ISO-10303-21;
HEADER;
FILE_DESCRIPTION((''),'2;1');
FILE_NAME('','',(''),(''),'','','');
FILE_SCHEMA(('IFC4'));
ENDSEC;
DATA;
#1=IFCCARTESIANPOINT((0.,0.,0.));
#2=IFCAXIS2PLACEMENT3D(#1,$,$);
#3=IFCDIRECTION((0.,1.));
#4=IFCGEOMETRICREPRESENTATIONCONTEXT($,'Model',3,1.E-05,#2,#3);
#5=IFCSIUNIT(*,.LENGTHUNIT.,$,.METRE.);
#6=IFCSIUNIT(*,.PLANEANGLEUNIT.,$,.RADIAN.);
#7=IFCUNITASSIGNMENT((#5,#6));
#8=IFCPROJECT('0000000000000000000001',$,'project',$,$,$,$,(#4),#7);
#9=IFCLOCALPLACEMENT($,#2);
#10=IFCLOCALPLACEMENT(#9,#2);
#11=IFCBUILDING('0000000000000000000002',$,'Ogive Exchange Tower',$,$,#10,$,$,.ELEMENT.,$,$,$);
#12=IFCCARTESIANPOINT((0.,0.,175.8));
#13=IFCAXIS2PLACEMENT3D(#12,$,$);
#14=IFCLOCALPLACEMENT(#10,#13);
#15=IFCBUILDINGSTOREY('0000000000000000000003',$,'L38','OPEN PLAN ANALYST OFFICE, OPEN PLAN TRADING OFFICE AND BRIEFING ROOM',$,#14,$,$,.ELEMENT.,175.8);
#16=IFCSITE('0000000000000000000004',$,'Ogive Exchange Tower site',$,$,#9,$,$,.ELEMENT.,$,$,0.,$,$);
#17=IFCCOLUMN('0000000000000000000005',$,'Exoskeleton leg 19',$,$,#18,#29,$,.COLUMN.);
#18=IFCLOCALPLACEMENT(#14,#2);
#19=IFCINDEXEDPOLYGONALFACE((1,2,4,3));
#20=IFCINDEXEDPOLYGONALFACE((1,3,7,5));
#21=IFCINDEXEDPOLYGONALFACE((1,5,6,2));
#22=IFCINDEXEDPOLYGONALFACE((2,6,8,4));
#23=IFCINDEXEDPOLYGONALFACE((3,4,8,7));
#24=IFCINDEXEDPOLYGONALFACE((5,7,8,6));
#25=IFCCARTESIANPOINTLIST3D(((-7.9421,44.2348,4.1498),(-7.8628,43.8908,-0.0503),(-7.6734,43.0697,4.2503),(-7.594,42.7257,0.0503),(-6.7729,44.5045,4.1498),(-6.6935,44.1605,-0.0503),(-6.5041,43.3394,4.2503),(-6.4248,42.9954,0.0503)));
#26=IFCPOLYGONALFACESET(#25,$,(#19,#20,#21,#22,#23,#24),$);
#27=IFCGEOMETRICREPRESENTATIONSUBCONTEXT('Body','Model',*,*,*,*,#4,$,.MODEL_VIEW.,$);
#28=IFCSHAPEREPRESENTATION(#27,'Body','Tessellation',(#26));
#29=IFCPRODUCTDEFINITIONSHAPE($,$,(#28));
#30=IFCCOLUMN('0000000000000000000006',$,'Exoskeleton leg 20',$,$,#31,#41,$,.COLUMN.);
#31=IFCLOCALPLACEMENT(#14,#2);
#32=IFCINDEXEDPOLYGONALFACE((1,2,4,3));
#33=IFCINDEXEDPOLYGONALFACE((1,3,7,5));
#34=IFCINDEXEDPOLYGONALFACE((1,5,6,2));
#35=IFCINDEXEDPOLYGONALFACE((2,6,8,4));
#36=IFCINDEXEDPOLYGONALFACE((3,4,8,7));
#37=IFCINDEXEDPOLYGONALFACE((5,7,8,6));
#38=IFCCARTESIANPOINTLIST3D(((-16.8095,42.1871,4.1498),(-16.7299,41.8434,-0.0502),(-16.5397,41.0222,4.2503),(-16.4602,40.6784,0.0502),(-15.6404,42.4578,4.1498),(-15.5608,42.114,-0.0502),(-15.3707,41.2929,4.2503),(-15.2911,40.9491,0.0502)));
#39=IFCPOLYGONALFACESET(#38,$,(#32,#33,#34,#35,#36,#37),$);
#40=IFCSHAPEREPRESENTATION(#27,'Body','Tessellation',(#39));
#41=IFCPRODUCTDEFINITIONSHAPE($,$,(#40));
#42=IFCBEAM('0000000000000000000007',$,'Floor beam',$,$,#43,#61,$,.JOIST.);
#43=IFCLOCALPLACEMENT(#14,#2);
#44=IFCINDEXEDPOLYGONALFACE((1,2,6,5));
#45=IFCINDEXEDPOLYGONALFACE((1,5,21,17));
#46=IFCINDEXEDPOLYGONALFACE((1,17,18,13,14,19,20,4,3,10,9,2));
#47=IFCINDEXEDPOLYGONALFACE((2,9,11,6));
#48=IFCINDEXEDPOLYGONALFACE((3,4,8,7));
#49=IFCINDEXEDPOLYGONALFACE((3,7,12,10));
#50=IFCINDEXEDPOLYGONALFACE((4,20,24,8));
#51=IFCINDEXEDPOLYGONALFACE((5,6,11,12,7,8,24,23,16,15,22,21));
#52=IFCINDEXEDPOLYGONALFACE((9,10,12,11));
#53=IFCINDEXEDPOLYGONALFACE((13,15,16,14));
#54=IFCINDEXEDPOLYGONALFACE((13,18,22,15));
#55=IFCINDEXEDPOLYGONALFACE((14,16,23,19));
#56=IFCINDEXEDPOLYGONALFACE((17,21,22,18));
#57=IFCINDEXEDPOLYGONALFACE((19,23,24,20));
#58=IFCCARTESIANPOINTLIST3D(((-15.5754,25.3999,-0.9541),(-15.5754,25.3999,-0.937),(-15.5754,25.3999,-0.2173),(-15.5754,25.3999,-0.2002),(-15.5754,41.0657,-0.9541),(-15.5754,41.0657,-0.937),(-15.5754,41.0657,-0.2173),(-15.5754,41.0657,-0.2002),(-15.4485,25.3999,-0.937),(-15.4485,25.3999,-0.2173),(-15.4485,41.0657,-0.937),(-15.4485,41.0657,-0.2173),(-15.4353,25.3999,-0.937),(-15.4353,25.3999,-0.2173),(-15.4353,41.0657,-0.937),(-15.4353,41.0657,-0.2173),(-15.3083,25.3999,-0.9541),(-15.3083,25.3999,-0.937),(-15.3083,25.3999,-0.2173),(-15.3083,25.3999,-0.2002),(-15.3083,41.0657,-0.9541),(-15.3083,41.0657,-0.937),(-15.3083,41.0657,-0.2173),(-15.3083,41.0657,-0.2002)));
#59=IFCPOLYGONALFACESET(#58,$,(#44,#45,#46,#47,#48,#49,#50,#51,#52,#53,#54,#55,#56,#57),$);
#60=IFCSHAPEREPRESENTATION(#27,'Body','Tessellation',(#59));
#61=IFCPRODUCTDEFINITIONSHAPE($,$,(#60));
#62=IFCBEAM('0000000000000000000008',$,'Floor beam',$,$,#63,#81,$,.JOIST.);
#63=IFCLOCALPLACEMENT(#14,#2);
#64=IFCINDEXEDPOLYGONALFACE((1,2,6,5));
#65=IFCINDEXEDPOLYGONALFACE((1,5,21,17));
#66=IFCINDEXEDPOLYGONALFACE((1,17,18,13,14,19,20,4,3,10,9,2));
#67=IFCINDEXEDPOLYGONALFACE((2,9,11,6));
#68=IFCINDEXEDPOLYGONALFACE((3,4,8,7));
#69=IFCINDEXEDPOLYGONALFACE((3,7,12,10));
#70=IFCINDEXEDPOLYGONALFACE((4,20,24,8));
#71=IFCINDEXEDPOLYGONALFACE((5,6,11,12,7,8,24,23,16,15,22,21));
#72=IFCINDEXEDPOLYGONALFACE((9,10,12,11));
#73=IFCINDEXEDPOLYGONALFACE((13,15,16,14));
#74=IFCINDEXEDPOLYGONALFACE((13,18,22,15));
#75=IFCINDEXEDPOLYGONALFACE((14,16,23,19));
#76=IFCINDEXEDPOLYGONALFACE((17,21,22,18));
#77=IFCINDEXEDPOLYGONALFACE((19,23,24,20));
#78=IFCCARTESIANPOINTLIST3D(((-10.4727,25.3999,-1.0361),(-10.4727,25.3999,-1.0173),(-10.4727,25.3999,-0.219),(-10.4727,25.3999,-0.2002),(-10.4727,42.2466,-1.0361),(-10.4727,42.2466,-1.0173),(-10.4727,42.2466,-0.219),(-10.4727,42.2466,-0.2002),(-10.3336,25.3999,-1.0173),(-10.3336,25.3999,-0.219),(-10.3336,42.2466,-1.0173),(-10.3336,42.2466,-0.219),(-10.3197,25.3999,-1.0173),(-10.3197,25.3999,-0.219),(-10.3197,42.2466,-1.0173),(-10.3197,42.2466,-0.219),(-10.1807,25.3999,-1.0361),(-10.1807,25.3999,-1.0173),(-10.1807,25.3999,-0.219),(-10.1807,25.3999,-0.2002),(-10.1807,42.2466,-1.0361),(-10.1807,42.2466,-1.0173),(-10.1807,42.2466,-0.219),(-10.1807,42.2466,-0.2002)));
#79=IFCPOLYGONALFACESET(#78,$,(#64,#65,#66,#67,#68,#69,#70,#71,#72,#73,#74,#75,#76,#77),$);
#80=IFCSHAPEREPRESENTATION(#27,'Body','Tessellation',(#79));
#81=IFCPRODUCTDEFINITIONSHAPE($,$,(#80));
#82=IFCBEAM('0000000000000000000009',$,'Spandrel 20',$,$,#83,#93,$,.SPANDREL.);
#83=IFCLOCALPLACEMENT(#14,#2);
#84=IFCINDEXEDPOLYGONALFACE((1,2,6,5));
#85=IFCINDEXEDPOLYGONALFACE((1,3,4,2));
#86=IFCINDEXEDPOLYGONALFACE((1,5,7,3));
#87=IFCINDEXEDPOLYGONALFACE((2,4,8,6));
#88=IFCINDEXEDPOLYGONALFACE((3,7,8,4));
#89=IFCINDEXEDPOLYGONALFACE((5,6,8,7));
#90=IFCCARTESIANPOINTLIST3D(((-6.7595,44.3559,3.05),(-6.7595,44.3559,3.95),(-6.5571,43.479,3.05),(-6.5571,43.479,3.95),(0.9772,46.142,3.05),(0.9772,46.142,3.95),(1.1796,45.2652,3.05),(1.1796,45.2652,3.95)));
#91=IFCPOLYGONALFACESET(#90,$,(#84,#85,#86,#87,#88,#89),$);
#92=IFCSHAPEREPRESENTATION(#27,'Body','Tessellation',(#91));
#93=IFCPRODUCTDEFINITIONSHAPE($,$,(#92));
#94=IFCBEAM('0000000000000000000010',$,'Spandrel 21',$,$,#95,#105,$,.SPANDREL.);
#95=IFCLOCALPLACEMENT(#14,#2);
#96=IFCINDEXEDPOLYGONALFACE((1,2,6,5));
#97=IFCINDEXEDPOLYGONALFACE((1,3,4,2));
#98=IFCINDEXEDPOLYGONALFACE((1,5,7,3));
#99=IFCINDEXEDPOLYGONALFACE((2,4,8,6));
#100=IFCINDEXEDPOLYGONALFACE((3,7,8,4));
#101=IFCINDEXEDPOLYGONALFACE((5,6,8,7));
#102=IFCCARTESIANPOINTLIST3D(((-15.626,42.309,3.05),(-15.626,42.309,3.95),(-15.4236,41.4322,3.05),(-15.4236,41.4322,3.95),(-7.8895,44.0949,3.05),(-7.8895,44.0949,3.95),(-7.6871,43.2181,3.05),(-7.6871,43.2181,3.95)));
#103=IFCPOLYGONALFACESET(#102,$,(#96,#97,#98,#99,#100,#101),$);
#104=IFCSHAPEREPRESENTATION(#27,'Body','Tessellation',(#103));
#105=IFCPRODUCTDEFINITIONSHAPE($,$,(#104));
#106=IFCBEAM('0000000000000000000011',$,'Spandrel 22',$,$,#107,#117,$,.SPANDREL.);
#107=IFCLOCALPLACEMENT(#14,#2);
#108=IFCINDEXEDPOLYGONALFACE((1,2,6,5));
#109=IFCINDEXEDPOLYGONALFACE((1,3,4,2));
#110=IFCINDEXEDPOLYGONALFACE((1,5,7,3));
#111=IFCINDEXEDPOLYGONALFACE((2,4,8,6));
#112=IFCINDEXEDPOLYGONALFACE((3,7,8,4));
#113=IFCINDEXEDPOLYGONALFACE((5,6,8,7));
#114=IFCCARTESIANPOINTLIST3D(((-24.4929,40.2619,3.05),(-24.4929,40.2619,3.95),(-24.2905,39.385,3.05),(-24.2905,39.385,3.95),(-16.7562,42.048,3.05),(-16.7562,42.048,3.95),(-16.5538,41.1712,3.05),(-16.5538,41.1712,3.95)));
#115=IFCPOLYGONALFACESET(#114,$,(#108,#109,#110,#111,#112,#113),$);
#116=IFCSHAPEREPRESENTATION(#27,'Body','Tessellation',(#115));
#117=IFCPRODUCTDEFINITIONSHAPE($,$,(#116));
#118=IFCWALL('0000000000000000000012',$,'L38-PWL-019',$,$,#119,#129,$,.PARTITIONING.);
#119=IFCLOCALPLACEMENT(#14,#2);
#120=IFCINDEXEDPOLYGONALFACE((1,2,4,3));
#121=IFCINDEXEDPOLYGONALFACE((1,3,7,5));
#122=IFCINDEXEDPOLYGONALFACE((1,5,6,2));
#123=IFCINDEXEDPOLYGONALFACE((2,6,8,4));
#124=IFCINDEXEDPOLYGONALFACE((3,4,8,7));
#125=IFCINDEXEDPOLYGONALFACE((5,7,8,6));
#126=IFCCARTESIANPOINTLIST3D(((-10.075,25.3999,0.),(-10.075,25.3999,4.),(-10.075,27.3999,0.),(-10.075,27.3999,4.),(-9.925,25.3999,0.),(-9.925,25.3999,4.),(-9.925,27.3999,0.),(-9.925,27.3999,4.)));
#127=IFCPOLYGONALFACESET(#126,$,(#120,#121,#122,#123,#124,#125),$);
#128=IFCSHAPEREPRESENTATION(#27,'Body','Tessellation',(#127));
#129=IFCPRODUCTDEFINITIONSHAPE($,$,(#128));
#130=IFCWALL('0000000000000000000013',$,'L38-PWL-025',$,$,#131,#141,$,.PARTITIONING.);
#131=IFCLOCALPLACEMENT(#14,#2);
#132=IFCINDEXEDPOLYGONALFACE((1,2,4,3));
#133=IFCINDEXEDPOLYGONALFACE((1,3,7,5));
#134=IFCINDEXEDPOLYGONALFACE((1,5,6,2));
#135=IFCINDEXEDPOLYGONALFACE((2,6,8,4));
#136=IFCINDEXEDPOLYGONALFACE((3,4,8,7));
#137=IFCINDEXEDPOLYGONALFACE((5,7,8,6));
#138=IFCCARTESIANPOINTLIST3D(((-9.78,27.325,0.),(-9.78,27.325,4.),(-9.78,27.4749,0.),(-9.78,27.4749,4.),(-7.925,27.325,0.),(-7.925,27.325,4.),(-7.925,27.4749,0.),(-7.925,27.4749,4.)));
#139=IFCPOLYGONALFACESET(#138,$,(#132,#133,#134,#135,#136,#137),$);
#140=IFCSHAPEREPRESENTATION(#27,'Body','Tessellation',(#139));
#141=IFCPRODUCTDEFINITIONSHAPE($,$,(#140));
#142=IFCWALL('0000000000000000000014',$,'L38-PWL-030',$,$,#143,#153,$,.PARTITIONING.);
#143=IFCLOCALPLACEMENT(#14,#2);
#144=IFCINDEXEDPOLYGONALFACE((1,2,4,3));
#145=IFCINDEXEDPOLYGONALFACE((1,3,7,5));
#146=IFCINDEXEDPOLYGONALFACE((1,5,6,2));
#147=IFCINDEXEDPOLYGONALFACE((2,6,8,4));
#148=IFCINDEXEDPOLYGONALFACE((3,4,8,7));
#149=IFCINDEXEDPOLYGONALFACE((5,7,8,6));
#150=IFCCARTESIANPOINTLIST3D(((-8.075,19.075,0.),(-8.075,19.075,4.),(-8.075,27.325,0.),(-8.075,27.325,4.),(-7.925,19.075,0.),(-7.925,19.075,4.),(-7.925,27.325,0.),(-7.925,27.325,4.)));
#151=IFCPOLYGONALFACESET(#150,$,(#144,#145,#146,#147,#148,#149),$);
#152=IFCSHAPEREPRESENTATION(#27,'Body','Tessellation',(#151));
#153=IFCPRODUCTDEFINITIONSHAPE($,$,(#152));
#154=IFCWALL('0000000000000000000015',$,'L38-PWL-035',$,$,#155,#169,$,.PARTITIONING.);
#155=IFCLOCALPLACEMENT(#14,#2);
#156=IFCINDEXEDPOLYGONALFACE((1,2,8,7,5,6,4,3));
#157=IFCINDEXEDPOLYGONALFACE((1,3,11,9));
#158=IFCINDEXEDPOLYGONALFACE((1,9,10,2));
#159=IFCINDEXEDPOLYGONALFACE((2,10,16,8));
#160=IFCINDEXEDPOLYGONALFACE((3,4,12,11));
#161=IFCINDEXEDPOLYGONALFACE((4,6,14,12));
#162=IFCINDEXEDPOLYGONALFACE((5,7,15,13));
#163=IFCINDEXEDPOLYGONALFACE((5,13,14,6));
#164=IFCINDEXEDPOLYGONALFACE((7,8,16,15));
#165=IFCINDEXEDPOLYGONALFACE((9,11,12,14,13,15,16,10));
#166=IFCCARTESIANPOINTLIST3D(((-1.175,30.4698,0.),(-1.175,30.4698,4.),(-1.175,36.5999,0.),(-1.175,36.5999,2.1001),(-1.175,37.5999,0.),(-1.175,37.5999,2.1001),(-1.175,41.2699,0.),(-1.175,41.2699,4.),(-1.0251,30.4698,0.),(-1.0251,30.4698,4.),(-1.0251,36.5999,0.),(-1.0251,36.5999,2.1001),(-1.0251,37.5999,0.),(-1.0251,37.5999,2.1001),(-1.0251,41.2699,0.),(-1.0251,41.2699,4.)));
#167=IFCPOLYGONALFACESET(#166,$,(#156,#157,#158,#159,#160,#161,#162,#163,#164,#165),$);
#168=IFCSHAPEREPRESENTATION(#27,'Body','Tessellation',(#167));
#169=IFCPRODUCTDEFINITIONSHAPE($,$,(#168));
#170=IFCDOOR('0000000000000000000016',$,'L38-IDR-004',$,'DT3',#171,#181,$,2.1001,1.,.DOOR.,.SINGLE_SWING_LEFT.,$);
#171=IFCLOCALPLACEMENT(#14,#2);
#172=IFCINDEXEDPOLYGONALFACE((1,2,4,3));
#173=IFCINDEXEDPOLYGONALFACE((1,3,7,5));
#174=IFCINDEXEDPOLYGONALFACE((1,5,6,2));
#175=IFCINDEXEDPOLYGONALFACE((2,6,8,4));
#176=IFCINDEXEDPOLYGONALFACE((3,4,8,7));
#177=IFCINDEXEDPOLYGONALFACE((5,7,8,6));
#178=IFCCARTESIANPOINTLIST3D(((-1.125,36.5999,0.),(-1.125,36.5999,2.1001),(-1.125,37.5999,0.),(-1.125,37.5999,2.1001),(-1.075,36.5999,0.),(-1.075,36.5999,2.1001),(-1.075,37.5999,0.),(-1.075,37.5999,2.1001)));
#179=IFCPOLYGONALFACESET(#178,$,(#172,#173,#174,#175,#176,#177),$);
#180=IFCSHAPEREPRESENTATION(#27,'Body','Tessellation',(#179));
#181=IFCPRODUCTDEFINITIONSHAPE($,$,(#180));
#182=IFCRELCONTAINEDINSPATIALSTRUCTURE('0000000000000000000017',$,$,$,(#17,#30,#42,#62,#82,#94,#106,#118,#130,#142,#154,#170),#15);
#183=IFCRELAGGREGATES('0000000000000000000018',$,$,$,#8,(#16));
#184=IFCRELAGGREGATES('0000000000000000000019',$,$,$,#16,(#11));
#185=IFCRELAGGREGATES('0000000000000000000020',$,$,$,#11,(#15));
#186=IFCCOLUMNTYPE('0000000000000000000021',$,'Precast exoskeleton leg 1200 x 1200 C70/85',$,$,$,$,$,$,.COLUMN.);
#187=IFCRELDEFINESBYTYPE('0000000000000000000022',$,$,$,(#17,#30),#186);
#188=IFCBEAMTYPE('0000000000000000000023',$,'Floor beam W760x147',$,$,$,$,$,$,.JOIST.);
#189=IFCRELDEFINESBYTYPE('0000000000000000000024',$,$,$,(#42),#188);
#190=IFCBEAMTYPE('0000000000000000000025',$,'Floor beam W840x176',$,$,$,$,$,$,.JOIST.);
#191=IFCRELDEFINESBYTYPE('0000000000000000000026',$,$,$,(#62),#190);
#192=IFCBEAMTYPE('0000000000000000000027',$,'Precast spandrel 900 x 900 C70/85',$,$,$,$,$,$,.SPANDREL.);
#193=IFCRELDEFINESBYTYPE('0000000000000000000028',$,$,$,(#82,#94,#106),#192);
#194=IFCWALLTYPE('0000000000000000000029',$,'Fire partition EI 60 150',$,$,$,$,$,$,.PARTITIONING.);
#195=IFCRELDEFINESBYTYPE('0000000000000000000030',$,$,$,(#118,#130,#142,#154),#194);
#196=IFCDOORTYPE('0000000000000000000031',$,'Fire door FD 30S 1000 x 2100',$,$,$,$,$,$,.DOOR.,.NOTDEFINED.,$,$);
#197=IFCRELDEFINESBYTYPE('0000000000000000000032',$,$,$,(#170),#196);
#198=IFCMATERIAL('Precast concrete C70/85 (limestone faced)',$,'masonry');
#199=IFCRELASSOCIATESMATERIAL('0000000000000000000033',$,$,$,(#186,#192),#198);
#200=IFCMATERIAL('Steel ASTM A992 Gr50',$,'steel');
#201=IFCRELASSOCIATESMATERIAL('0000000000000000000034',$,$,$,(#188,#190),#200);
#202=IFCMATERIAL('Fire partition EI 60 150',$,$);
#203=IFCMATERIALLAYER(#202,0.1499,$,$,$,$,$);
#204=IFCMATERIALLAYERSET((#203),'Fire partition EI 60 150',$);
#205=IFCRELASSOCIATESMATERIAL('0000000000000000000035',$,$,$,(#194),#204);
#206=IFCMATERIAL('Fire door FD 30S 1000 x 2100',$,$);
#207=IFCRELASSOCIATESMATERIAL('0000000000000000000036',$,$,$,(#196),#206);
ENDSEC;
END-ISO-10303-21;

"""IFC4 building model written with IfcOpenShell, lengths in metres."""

from ifc_helpers import new_model, si_unit, direction, frame, frame_2d, origin, origin_2d, place, context, subcontext, project, spatial, rectangle, i_section, extrude, material, layer, layer_set, material_profile, profile_set, type_object, element, fill, save


model = new_model("IFC4")

# Units and contexts
model_context = context("Model", 3, precision=1e-05, world=origin(), true_north=direction((0.0, 1.0)))
body_context = subcontext(model_context, "Body", "Model", "MODEL_VIEW")
ifc_project = project(units=[si_unit("LENGTHUNIT", "METRE"), si_unit("PLANEANGLEUNIT", "RADIAN")], contexts=[model_context])

# Site, building, storey
site_placement = place(None, origin())
site = spatial("IfcSite", under=ifc_project, at=site_placement, Name="Ogive Exchange Tower site", CompositionType="ELEMENT", RefElevation=0.0)
building_placement = place(site_placement, origin())
building = spatial("IfcBuilding", under=site, at=building_placement, Name="Ogive Exchange Tower", CompositionType="ELEMENT")
storey_placement = place(building_placement, frame((0.0, 0.0, 175.8)))
storey = spatial("IfcBuildingStorey", under=building, at=storey_placement, Name="L38", Description="OPEN PLAN ANALYST OFFICE, OPEN PLAN TRADING OFFICE AND BRIEFING ROOM", CompositionType="ELEMENT", Elevation=175.8)

# Columns
ifc_material_1 = material(Name="Precast concrete C70/85 (limestone faced)", Category="masonry")
ifc_material_profile_1 = material_profile(ifc_material_1, rectangle(XDim=1.2, YDim=1.2, at=origin_2d()), Name="1200 x 1200")
ifc_profile_set_1 = profile_set([ifc_material_profile_1], Name="Precast concrete C70/85 (limestone faced)")
column_type = type_object("IfcColumnType", Name="Precast exoskeleton leg 1200 x 1200 C70/85", PredefinedType="COLUMN", material=ifc_profile_set_1)
for number, where, z_axis, x_axis, name in (
    (1, (-7.1438, 43.4431, 0.0), (-0.018826, 0.081617, 0.996486), (-0.974415, -0.224758, 0.0), "Exoskeleton leg 19"),
    (2, (-16.0105, 41.3962, 0.0), (-0.018884, 0.081559, 0.99649), (-0.974228, -0.225567, 0.0), "Exoskeleton leg 20"),
):
    element("IfcColumn", number, at=place(storey_placement, frame(where, z_axis=z_axis, x_axis=x_axis)), inside=storey, type_object=column_type, Name=name, PredefinedType="COLUMN", context=body_context, shape_type="SweptSolid", body=[
        extrude(rectangle(XDim=1.2, YDim=1.2, at=origin_2d()), origin(), (0.0, 0.0, 1.0), 4.2148),
    ])

# Beams
ifc_material_2 = material(Name="Steel ASTM A992 Gr50", Category="steel")
ifc_material_profile_2 = material_profile(ifc_material_2, i_section(OverallWidth=0.2671, OverallDepth=0.7539, WebThickness=0.0132, FlangeThickness=0.0171, at=origin_2d()), Name="W760x147")
ifc_profile_set_2 = profile_set([ifc_material_profile_2], Name="Steel ASTM A992 Gr50")
beam_type_1 = type_object("IfcBeamType", Name="Floor beam W760x147", PredefinedType="JOIST", material=ifc_profile_set_2)
beam_1_placement = place(storey_placement, frame((-15.4419, 25.3999, -0.5771), z_axis=(0.0, 1.0, 0.0), x_axis=(-1.0, 0.0, 0.0)))
element("IfcBeam", 3, at=beam_1_placement, inside=storey, type_object=beam_type_1, Name="Floor beam", PredefinedType="JOIST", context=body_context, shape_type="SweptSolid", body=[
    extrude(i_section(OverallWidth=0.2671, OverallDepth=0.7539, WebThickness=0.0132, FlangeThickness=0.0171, at=origin_2d()), origin(), (0.0, 0.0, 1.0), 15.6658),
])
ifc_material_profile_3 = material_profile(ifc_material_2, i_section(OverallWidth=0.292, OverallDepth=0.8359, WebThickness=0.0139, FlangeThickness=0.0188, at=origin_2d()), Name="W840x176")
ifc_profile_set_3 = profile_set([ifc_material_profile_3], Name="Steel ASTM A992 Gr50")
beam_type_2 = type_object("IfcBeamType", Name="Floor beam W840x176", PredefinedType="JOIST", material=ifc_profile_set_3)
beam_2_placement = place(storey_placement, frame((-10.3267, 25.3999, -0.6182), z_axis=(0.0, 1.0, 0.0), x_axis=(-1.0, 0.0, 0.0)))
element("IfcBeam", 4, at=beam_2_placement, inside=storey, type_object=beam_type_2, Name="Floor beam", PredefinedType="JOIST", context=body_context, shape_type="SweptSolid", body=[
    extrude(i_section(OverallWidth=0.292, OverallDepth=0.8359, WebThickness=0.0139, FlangeThickness=0.0188, at=origin_2d()), origin(), (0.0, 0.0, 1.0), 16.8467),
])
ifc_material_profile_4 = material_profile(ifc_material_1, rectangle(XDim=0.8999, YDim=0.8999, at=origin_2d()), Name="900 x 900")
ifc_profile_set_4 = profile_set([ifc_material_profile_4], Name="Precast concrete C70/85 (limestone faced)")
beam_type_3 = type_object("IfcBeamType", Name="Precast spandrel 900 x 900 C70/85", PredefinedType="SPANDREL", material=ifc_profile_set_4)
beam_3_placement = place(storey_placement, frame((1.0784, 45.7036, 3.5), z_axis=(-0.97437, -0.224952, 0.0), x_axis=(0.224952, -0.97437, 0.0)))
element("IfcBeam", 5, at=beam_3_placement, inside=storey, type_object=beam_type_3, Name="Spandrel 20", PredefinedType="SPANDREL", context=body_context, shape_type="SweptSolid", body=[
    extrude(rectangle(XDim=0.8999, YDim=0.8999, at=origin_2d()), origin(), (0.0, 0.0, 1.0), 7.9402),
])
beam_4_placement = place(storey_placement, frame((-7.7883, 43.6565, 3.5), z_axis=(-0.974377, -0.224922, 0.0), x_axis=(0.224922, -0.974377, 0.0)))
element("IfcBeam", 6, at=beam_4_placement, inside=storey, type_object=beam_type_3, Name="Spandrel 21", PredefinedType="SPANDREL", context=body_context, shape_type="SweptSolid", body=[
    extrude(rectangle(XDim=0.8999, YDim=0.8999, at=origin_2d()), origin(), (0.0, 0.0, 1.0), 7.9399),
])
beam_5_placement = place(storey_placement, frame((-16.655, 41.6096, 3.5), z_axis=(-0.97437, -0.224952, 0.0), x_axis=(0.224952, -0.97437, 0.0)))
element("IfcBeam", 7, at=beam_5_placement, inside=storey, type_object=beam_type_3, Name="Spandrel 22", PredefinedType="SPANDREL", context=body_context, shape_type="SweptSolid", body=[
    extrude(rectangle(XDim=0.8999, YDim=0.8999, at=origin_2d()), origin(), (0.0, 0.0, 1.0), 7.9402),
])

# Walls
ifc_material_3 = material(Name="Fire partition EI 60 150")
ifc_layer_1 = layer(ifc_material_3, 0.1499)
ifc_layer_set_1 = layer_set([ifc_layer_1], Name="Fire partition EI 60 150")
wall_type_1 = type_object("IfcWallType", Name="Fire partition EI 60 150", PredefinedType="PARTITIONING", material=ifc_layer_set_1)
wall_1_placement = place(storey_placement, frame((-10.0, 25.3999, 0.0), z_axis=(0.0, 0.0, 1.0), x_axis=(0.0, 1.0, 0.0)))
element("IfcWall", 8, at=wall_1_placement, inside=storey, type_object=wall_type_1, Name="L38-PWL-019", PredefinedType="PARTITIONING", context=body_context, shape_type="SweptSolid", body=[
    extrude(rectangle(XDim=2.0, YDim=0.1499, at=frame_2d((1.0, 0.0))), origin(), (0.0, 0.0, 1.0), 4.0),
])
wall_2_placement = place(storey_placement, frame((-9.78, 27.3999, 0.0), z_axis=(0.0, 0.0, 1.0), x_axis=(1.0, 0.0, 0.0)))
element("IfcWall", 9, at=wall_2_placement, inside=storey, type_object=wall_type_1, Name="L38-PWL-025", PredefinedType="PARTITIONING", context=body_context, shape_type="SweptSolid", body=[
    extrude(rectangle(XDim=1.855, YDim=0.1499, at=frame_2d((0.9275, 0.0))), origin(), (0.0, 0.0, 1.0), 4.0),
])
wall_3_placement = place(storey_placement, frame((-8.0, 27.325, 0.0), z_axis=(0.0, 0.0, 1.0), x_axis=(0.0, -1.0, 0.0)))
element("IfcWall", 10, at=wall_3_placement, inside=storey, type_object=wall_type_1, Name="L38-PWL-030", PredefinedType="PARTITIONING", context=body_context, shape_type="SweptSolid", body=[
    extrude(rectangle(XDim=8.25, YDim=0.1499, at=frame_2d((4.125, 0.0))), origin(), (0.0, 0.0, 1.0), 4.0),
])

# Wall, opening, door
wall_4_placement = place(storey_placement, frame((-1.1001, 30.47, 0.0), z_axis=(0.0, 0.0, 1.0), x_axis=(0.0, 1.0, 0.0)))
wall_4 = element("IfcWall", 11, at=wall_4_placement, inside=storey, type_object=wall_type_1, Name="L38-PWL-035", PredefinedType="PARTITIONING", context=body_context, shape_type="SweptSolid", body=[
    extrude(rectangle(XDim=10.8, YDim=0.1499, at=frame_2d((5.3999, 0.0))), origin(), (0.0, 0.0, 1.0), 4.0),
])
opening_1_placement = place(wall_4_placement, frame((6.1299, 0.0, 0.0)))
opening_1 = element("IfcOpeningElement", 12, at=opening_1_placement, cuts=wall_4, PredefinedType="OPENING", context=body_context, shape_type="SweptSolid", body=[
    extrude(rectangle(XDim=1.0, YDim=2.1001, at=frame_2d((0.5, 1.05))), frame((0.0, 0.085, 0.0), z_axis=(0.0, -1.0, 0.0), x_axis=(1.0, 0.0, 0.0)), (0.0, 0.0, 1.0), 0.1699),
])
ifc_material_4 = material(Name="Fire door FD 30S 1000 x 2100")
door_type_1 = type_object("IfcDoorType", Name="Fire door FD 30S 1000 x 2100", OperationType="NOTDEFINED", PredefinedType="DOOR", material=ifc_material_4)
door_1_placement = place(opening_1_placement, origin())
door_1 = element("IfcDoor", 13, at=door_1_placement, inside=storey, type_object=door_type_1, Name="L38-IDR-004", ObjectType="DT3", OperationType="SINGLE_SWING_LEFT", OverallHeight=2.1001, OverallWidth=1.0, PredefinedType="DOOR", context=body_context, shape_type="SweptSolid", body=[
    extrude(rectangle(XDim=1.0, YDim=2.1001, at=frame_2d((0.5, 1.05))), frame((0.0, 0.0249, 0.0), z_axis=(0.0, -1.0, 0.0), x_axis=(1.0, 0.0, 0.0)), (0.0, 0.0, 1.0), 0.05),
])
fill(opening_1, door_1)

save(model, "model.ifc")
